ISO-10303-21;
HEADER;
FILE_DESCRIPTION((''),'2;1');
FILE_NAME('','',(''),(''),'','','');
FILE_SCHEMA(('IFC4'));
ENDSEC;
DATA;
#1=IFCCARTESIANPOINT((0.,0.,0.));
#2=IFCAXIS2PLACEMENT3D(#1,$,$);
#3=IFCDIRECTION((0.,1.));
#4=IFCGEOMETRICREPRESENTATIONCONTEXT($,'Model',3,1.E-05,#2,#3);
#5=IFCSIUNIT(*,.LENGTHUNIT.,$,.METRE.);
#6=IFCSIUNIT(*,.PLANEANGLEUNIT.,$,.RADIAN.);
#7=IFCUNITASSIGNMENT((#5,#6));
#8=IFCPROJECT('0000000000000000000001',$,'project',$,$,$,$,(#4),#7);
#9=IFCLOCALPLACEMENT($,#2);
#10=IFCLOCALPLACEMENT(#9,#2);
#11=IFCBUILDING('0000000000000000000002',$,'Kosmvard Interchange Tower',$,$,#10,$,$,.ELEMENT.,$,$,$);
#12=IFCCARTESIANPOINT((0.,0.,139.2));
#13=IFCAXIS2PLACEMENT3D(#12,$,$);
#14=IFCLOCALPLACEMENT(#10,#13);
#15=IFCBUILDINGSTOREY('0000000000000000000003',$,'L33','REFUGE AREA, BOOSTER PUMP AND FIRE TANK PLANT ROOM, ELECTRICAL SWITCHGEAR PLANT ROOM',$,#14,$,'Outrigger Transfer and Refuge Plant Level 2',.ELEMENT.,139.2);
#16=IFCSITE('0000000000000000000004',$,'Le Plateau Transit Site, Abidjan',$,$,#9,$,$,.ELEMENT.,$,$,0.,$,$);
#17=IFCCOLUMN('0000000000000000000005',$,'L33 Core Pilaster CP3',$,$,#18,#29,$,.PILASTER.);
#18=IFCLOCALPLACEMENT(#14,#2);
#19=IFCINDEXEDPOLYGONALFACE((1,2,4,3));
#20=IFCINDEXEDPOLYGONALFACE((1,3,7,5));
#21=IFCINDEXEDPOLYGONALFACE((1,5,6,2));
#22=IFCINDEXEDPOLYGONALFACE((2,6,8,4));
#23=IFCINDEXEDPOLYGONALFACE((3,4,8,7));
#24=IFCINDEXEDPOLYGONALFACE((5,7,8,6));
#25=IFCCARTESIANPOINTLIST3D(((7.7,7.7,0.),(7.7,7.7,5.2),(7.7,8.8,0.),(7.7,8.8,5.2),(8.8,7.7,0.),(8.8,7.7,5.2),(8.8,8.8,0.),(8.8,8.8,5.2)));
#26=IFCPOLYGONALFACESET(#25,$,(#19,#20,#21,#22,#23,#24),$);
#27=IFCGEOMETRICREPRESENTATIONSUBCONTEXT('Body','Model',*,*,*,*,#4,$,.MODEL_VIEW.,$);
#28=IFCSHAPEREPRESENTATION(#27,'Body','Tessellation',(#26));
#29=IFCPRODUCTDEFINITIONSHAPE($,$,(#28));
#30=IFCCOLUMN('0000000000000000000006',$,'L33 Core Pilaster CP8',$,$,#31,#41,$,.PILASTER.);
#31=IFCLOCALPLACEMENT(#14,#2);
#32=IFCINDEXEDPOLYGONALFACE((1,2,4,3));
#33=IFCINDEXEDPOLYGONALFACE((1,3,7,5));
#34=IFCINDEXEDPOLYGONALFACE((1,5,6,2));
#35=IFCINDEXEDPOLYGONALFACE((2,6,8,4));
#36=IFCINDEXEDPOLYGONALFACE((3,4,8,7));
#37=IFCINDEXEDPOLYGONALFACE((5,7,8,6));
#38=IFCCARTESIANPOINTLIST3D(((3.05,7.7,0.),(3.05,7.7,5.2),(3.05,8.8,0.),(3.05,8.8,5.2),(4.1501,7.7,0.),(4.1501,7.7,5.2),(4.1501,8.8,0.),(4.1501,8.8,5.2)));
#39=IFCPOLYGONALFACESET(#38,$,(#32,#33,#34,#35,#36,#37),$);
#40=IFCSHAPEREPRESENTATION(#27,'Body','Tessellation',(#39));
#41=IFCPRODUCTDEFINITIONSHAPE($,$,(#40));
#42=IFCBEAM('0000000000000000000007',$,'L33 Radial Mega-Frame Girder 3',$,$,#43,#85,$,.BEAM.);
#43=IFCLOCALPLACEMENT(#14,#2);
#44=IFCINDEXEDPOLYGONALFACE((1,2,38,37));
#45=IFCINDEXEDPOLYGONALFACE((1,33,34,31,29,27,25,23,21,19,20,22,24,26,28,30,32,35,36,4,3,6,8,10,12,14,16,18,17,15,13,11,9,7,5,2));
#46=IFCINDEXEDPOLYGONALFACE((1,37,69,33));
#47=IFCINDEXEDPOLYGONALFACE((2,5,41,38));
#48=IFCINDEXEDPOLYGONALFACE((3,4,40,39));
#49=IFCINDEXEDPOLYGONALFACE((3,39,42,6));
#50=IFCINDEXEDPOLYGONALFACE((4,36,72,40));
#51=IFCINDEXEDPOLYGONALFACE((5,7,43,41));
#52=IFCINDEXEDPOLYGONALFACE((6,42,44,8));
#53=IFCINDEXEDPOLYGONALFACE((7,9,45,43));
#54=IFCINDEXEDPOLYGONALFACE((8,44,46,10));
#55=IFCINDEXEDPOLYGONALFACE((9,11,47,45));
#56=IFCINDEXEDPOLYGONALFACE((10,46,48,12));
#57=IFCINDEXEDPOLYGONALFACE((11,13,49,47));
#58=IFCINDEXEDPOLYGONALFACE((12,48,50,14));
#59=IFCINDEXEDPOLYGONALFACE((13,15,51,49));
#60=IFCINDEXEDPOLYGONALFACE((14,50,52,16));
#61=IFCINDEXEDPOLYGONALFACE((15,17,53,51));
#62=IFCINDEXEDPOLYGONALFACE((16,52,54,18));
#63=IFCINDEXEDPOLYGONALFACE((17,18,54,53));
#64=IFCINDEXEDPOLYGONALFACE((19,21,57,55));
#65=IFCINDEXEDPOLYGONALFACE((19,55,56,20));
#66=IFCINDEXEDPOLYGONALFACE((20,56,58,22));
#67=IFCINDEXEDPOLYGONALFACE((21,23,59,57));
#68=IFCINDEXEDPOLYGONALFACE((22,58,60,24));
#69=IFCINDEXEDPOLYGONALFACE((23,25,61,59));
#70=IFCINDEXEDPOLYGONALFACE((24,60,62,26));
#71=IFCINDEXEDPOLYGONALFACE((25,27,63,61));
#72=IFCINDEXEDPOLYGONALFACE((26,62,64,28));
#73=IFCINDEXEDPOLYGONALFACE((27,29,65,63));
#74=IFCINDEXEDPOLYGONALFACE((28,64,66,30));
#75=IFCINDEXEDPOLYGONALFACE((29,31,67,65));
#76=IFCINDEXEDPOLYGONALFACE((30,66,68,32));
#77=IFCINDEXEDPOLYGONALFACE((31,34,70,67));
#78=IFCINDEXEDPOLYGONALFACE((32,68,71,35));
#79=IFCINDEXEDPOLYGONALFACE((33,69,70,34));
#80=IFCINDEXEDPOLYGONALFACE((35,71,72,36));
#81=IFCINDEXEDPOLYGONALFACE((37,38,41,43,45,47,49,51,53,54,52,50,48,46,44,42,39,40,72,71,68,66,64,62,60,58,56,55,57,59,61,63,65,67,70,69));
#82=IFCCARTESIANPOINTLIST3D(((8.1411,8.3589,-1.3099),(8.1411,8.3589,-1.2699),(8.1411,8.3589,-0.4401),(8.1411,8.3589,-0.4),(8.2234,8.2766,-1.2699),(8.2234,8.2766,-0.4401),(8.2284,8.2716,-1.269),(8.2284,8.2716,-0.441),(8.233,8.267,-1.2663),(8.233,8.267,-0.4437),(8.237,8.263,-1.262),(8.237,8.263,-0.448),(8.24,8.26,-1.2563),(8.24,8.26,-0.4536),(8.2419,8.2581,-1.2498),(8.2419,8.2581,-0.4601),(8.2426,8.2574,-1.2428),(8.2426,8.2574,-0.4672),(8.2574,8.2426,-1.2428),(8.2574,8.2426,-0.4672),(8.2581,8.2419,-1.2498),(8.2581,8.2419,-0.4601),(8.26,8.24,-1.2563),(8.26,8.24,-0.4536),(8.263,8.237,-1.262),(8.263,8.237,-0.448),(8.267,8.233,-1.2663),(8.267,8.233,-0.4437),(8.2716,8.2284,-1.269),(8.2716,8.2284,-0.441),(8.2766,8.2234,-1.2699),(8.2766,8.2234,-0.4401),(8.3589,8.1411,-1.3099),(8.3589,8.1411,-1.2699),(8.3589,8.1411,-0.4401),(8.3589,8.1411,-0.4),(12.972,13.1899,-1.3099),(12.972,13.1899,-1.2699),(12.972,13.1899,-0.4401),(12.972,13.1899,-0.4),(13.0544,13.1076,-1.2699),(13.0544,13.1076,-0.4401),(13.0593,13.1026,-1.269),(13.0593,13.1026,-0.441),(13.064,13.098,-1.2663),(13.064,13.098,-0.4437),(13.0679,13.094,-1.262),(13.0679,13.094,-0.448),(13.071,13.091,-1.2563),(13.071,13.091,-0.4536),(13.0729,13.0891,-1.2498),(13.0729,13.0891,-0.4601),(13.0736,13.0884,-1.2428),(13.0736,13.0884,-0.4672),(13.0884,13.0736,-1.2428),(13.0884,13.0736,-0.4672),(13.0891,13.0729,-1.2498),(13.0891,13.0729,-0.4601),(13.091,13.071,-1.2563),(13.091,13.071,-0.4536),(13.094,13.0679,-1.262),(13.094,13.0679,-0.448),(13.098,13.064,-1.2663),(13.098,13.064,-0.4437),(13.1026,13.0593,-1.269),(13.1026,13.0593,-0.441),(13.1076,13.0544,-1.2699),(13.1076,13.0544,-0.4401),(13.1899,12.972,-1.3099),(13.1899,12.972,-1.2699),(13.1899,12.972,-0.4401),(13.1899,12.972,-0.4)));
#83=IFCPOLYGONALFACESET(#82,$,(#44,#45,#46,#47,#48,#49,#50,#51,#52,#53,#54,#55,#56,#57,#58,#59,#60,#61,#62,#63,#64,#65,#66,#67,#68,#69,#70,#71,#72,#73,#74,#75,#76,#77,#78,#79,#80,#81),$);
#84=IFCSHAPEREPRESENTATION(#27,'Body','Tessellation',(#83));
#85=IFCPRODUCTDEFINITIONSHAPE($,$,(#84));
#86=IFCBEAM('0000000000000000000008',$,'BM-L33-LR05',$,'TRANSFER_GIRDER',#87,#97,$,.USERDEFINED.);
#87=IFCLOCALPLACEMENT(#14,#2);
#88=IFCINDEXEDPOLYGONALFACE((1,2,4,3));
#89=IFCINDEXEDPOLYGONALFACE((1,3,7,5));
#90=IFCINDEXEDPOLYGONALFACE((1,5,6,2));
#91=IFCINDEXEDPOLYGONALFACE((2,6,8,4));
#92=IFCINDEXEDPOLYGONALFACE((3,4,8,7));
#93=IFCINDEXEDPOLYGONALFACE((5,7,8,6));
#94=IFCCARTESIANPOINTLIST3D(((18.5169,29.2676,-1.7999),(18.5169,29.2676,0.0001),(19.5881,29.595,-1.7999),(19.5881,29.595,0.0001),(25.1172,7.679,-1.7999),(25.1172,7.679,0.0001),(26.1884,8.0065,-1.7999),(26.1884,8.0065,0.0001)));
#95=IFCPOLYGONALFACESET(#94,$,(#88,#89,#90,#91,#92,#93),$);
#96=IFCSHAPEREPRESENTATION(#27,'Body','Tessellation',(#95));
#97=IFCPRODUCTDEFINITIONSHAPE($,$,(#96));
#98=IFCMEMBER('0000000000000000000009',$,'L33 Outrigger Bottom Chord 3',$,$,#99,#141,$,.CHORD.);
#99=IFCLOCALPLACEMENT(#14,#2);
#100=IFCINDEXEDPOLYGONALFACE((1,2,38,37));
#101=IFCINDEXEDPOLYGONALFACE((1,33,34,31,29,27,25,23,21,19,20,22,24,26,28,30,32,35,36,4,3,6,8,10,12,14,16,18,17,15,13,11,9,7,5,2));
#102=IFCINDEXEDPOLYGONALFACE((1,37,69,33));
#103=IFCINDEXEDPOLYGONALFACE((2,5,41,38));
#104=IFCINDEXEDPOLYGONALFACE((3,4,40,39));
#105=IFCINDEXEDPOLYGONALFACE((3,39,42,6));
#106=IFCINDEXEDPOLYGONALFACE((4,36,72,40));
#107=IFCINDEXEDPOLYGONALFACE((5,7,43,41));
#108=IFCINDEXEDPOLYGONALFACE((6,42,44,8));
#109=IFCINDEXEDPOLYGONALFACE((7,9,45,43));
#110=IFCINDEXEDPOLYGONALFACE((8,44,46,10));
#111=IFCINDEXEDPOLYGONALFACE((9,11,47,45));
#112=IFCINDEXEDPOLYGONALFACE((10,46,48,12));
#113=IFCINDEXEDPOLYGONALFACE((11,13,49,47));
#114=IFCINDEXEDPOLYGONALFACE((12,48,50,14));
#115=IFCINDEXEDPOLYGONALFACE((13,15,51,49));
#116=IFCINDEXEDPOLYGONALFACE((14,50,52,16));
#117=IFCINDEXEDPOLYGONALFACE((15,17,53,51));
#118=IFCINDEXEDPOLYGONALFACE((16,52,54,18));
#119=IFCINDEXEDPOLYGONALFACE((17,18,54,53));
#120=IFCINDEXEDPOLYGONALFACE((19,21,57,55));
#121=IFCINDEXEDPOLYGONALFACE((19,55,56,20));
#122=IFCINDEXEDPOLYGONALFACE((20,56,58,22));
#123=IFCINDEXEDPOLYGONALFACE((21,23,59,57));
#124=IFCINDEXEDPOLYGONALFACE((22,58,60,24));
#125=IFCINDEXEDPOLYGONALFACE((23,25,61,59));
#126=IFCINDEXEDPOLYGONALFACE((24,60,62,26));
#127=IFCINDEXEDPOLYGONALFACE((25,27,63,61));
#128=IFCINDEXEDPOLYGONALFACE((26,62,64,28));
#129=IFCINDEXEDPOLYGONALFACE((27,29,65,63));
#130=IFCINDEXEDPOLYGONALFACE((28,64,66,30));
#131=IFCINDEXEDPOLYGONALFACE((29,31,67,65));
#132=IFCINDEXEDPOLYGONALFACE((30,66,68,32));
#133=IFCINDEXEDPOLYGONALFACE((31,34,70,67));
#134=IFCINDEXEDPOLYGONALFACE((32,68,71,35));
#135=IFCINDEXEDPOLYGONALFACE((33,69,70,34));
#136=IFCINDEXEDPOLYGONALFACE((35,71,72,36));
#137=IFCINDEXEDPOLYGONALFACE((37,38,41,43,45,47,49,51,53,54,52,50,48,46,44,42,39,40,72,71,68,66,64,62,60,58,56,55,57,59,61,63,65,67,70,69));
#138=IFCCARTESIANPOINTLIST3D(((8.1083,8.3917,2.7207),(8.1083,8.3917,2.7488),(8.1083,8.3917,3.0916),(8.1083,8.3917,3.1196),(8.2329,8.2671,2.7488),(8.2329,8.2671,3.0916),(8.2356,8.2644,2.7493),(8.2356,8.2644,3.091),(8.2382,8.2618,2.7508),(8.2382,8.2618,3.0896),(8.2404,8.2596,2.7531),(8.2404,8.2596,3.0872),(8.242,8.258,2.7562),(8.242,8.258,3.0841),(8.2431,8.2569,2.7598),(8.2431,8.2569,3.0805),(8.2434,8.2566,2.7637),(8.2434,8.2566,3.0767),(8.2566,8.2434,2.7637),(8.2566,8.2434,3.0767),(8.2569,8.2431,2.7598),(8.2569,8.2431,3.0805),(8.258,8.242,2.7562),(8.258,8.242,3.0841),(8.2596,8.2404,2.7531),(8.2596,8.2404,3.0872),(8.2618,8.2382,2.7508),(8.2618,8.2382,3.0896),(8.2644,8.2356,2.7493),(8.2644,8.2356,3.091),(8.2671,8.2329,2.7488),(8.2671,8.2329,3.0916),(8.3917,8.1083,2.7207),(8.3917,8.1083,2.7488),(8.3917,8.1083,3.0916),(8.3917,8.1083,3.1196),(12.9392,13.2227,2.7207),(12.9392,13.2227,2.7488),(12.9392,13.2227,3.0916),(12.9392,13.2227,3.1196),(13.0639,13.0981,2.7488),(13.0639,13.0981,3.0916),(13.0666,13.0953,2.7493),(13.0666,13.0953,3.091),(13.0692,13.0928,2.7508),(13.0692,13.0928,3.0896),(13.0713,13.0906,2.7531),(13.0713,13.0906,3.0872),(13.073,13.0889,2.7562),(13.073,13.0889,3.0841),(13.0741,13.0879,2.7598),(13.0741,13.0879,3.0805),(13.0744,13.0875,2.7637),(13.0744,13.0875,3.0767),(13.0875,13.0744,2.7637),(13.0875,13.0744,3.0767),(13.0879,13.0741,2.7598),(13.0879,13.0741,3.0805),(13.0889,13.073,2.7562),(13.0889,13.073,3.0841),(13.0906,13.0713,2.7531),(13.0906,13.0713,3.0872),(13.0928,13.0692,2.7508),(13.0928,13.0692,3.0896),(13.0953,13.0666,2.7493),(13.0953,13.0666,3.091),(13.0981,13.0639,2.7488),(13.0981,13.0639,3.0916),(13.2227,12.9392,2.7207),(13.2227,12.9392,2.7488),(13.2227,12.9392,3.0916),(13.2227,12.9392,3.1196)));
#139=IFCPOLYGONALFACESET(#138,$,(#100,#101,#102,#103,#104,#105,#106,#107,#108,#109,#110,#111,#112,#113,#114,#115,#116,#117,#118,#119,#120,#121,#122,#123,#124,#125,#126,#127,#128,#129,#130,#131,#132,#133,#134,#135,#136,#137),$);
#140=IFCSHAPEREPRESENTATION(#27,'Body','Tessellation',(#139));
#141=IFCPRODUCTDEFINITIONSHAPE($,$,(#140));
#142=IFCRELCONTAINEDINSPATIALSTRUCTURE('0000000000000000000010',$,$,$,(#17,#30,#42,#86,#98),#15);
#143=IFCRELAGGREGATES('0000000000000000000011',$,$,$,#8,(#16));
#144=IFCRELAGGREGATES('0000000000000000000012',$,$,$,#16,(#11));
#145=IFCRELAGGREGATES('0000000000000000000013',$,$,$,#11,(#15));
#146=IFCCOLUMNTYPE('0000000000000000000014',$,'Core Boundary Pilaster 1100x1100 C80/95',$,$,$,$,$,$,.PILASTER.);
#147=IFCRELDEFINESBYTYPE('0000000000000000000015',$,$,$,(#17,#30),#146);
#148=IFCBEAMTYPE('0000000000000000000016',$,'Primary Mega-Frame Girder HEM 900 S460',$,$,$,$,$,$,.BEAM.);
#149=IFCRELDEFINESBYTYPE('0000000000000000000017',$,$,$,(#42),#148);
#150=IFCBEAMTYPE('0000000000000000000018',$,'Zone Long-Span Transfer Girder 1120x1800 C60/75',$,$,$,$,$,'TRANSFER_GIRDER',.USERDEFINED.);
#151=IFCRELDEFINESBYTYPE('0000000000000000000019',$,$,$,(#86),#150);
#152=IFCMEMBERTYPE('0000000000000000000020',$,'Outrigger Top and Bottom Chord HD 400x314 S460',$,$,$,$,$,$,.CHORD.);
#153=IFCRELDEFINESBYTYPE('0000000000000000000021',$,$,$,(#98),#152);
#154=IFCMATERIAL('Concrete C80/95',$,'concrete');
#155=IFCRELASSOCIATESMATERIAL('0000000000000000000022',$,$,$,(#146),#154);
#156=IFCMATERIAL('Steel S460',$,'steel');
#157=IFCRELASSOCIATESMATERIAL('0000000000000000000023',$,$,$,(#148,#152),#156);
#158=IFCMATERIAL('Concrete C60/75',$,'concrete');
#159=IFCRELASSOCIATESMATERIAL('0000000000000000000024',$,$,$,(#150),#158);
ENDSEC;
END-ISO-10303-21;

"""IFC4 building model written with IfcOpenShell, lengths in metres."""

from ifc_helpers import new_model, si_unit, direction, frame, origin, origin_2d, place, context, subcontext, project, spatial, rectangle, i_section, extrude, source, transform, mapped, material, material_profile, profile_set, type_object, element, save


model = new_model("IFC4")

# Units and contexts
model_context = context("Model", 3, precision=1e-05, world=origin(), true_north=direction((0.0, 1.0)))
body_context = subcontext(model_context, "Body", "Model", "MODEL_VIEW")
ifc_project = project(units=[si_unit("LENGTHUNIT", "METRE"), si_unit("PLANEANGLEUNIT", "RADIAN")], contexts=[model_context])

# Site, building, storey
site_placement = place(None, origin())
site = spatial("IfcSite", under=ifc_project, at=site_placement, Name="Le Plateau Transit Site, Abidjan", CompositionType="ELEMENT", RefElevation=0.0)
building_placement = place(site_placement, origin())
building = spatial("IfcBuilding", under=site, at=building_placement, Name="Kosmvard Interchange Tower", CompositionType="ELEMENT")
storey_placement = place(building_placement, frame((0.0, 0.0, 139.2)))
storey = spatial("IfcBuildingStorey", under=building, at=storey_placement, Name="L33", Description="REFUGE AREA, BOOSTER PUMP AND FIRE TANK PLANT ROOM, ELECTRICAL SWITCHGEAR PLANT ROOM", LongName="Outrigger Transfer and Refuge Plant Level 2", CompositionType="ELEMENT", Elevation=139.2)

# Columns
ifc_material_1 = material(Name="Concrete C80/95", Category="concrete")
ifc_material_profile_1 = material_profile(ifc_material_1, rectangle(XDim=1.1001, YDim=1.1001, at=origin_2d()), Name="CP 1100x1100")
ifc_profile_set_1 = profile_set([ifc_material_profile_1], Name="Concrete C80/95")
column_type = type_object("IfcColumnType", Name="Core Boundary Pilaster 1100x1100 C80/95", PredefinedType="PILASTER", material=ifc_profile_set_1)
shared_shape_1 = source(origin(), body_context, "Body", "SweptSolid", [
    extrude(rectangle(XDim=1.1001, YDim=1.1001, at=origin_2d()), origin(), (0.0, 0.0, 1.0), 5.2),
])
for number, where, z_axis, x_axis, name in (
    (1, (8.25, 8.25, 0.0), (0.0, 0.0, 1.0), (1.0, 0.0, 0.0), "L33 Core Pilaster CP3"),
    (2, (3.6001, 8.25, 0.0), (0.0, 0.0, 1.0), (1.0, 0.0, 0.0), "L33 Core Pilaster CP8"),
):
    element("IfcColumn", number, at=place(storey_placement, frame(where, z_axis=z_axis, x_axis=x_axis)), inside=storey, type_object=column_type, Name=name, PredefinedType="PILASTER", context=body_context, shape_type="MappedRepresentation", body=[
        mapped(shared_shape_1, transform((0.0, 0.0, 0.0), scale=1.0)),
    ])

# Beams
ifc_material_2 = material(Name="Steel S460", Category="steel")
ifc_material_profile_2 = material_profile(ifc_material_2, i_section(OverallWidth=0.3081, OverallDepth=0.9099, WebThickness=0.021, FlangeThickness=0.04, FilletRadius=0.0271, at=origin_2d()), Name="HEM 900")
ifc_profile_set_2 = profile_set([ifc_material_profile_2], Name="Steel S460")
beam_type_1 = type_object("IfcBeamType", Name="Primary Mega-Frame Girder HEM 900 S460", PredefinedType="BEAM", material=ifc_profile_set_2)
shared_shape_2 = source(origin(), body_context, "Body", "SweptSolid", [
    extrude(i_section(OverallWidth=0.3081, OverallDepth=0.9099, WebThickness=0.021, FlangeThickness=0.04, FilletRadius=0.0271, at=origin_2d()), origin(), (0.0, 0.0, 1.0), 6.832),
])
beam_1_placement = place(storey_placement, frame((8.25, 8.25, -0.855), z_axis=(0.707107, 0.707107, 0.0), x_axis=(-0.707107, 0.707107, 0.0)))
element("IfcBeam", 3, at=beam_1_placement, inside=storey, type_object=beam_type_1, Name="L33 Radial Mega-Frame Girder 3", PredefinedType="BEAM", context=body_context, shape_type="MappedRepresentation", body=[
    mapped(shared_shape_2, transform((0.0, 0.0, 0.0), scale=1.0)),
])
ifc_material_3 = material(Name="Concrete C60/75", Category="concrete")
ifc_material_profile_3 = material_profile(ifc_material_3, rectangle(XDim=1.1201, YDim=1.8, at=origin_2d()), Name="TG 1120x1800")
ifc_profile_set_3 = profile_set([ifc_material_profile_3], Name="Concrete C60/75")
beam_type_2 = type_object("IfcBeamType", Name="Zone Long-Span Transfer Girder 1120x1800 C60/75", ElementType="TRANSFER_GIRDER", PredefinedType="USERDEFINED", material=ifc_profile_set_3)
shared_shape_3 = source(origin(), body_context, "Body", "SweptSolid", [
    extrude(rectangle(XDim=1.1201, YDim=1.8, at=origin_2d()), origin(), (0.0, 0.0, 1.0), 22.575),
])
beam_2_placement = place(storey_placement, frame((25.6528, 7.8428, -0.8999), z_axis=(-0.292373, 0.956304, 0.0), x_axis=(-0.956304, -0.292373, 0.0)))
element("IfcBeam", 4, at=beam_2_placement, inside=storey, type_object=beam_type_2, Name="BM-L33-LR05", ObjectType="TRANSFER_GIRDER", PredefinedType="USERDEFINED", context=body_context, shape_type="MappedRepresentation", body=[
    mapped(shared_shape_3, transform((0.0, 0.0, 0.0), scale=1.0)),
])

# Member
ifc_material_profile_4 = material_profile(ifc_material_2, i_section(OverallWidth=0.4009, OverallDepth=0.3989, WebThickness=0.0186, FlangeThickness=0.0281, FilletRadius=0.0149, at=origin_2d()), Name="HD 400x314")
ifc_profile_set_4 = profile_set([ifc_material_profile_4], Name="Steel S460")
member_type_1 = type_object("IfcMemberType", Name="Outrigger Top and Bottom Chord HD 400x314 S460", PredefinedType="CHORD", material=ifc_profile_set_4)
shared_shape_4 = source(origin(), body_context, "Body", "SweptSolid", [
    extrude(i_section(OverallWidth=0.4009, OverallDepth=0.3989, WebThickness=0.0186, FlangeThickness=0.0281, FilletRadius=0.0149, at=origin_2d()), origin(), (0.0, 0.0, 1.0), 6.832),
])
member_1_placement = place(storey_placement, frame((8.25, 8.25, 2.9202), z_axis=(0.707107, 0.707107, 0.0), x_axis=(-0.707107, 0.707107, 0.0)))
element("IfcMember", 5, at=member_1_placement, inside=storey, type_object=member_type_1, Name="L33 Outrigger Bottom Chord 3", PredefinedType="CHORD", context=body_context, shape_type="MappedRepresentation", body=[
    mapped(shared_shape_4, transform((0.0, 0.0, 0.0), scale=1.0)),
])

save(model, "model.ifc")
